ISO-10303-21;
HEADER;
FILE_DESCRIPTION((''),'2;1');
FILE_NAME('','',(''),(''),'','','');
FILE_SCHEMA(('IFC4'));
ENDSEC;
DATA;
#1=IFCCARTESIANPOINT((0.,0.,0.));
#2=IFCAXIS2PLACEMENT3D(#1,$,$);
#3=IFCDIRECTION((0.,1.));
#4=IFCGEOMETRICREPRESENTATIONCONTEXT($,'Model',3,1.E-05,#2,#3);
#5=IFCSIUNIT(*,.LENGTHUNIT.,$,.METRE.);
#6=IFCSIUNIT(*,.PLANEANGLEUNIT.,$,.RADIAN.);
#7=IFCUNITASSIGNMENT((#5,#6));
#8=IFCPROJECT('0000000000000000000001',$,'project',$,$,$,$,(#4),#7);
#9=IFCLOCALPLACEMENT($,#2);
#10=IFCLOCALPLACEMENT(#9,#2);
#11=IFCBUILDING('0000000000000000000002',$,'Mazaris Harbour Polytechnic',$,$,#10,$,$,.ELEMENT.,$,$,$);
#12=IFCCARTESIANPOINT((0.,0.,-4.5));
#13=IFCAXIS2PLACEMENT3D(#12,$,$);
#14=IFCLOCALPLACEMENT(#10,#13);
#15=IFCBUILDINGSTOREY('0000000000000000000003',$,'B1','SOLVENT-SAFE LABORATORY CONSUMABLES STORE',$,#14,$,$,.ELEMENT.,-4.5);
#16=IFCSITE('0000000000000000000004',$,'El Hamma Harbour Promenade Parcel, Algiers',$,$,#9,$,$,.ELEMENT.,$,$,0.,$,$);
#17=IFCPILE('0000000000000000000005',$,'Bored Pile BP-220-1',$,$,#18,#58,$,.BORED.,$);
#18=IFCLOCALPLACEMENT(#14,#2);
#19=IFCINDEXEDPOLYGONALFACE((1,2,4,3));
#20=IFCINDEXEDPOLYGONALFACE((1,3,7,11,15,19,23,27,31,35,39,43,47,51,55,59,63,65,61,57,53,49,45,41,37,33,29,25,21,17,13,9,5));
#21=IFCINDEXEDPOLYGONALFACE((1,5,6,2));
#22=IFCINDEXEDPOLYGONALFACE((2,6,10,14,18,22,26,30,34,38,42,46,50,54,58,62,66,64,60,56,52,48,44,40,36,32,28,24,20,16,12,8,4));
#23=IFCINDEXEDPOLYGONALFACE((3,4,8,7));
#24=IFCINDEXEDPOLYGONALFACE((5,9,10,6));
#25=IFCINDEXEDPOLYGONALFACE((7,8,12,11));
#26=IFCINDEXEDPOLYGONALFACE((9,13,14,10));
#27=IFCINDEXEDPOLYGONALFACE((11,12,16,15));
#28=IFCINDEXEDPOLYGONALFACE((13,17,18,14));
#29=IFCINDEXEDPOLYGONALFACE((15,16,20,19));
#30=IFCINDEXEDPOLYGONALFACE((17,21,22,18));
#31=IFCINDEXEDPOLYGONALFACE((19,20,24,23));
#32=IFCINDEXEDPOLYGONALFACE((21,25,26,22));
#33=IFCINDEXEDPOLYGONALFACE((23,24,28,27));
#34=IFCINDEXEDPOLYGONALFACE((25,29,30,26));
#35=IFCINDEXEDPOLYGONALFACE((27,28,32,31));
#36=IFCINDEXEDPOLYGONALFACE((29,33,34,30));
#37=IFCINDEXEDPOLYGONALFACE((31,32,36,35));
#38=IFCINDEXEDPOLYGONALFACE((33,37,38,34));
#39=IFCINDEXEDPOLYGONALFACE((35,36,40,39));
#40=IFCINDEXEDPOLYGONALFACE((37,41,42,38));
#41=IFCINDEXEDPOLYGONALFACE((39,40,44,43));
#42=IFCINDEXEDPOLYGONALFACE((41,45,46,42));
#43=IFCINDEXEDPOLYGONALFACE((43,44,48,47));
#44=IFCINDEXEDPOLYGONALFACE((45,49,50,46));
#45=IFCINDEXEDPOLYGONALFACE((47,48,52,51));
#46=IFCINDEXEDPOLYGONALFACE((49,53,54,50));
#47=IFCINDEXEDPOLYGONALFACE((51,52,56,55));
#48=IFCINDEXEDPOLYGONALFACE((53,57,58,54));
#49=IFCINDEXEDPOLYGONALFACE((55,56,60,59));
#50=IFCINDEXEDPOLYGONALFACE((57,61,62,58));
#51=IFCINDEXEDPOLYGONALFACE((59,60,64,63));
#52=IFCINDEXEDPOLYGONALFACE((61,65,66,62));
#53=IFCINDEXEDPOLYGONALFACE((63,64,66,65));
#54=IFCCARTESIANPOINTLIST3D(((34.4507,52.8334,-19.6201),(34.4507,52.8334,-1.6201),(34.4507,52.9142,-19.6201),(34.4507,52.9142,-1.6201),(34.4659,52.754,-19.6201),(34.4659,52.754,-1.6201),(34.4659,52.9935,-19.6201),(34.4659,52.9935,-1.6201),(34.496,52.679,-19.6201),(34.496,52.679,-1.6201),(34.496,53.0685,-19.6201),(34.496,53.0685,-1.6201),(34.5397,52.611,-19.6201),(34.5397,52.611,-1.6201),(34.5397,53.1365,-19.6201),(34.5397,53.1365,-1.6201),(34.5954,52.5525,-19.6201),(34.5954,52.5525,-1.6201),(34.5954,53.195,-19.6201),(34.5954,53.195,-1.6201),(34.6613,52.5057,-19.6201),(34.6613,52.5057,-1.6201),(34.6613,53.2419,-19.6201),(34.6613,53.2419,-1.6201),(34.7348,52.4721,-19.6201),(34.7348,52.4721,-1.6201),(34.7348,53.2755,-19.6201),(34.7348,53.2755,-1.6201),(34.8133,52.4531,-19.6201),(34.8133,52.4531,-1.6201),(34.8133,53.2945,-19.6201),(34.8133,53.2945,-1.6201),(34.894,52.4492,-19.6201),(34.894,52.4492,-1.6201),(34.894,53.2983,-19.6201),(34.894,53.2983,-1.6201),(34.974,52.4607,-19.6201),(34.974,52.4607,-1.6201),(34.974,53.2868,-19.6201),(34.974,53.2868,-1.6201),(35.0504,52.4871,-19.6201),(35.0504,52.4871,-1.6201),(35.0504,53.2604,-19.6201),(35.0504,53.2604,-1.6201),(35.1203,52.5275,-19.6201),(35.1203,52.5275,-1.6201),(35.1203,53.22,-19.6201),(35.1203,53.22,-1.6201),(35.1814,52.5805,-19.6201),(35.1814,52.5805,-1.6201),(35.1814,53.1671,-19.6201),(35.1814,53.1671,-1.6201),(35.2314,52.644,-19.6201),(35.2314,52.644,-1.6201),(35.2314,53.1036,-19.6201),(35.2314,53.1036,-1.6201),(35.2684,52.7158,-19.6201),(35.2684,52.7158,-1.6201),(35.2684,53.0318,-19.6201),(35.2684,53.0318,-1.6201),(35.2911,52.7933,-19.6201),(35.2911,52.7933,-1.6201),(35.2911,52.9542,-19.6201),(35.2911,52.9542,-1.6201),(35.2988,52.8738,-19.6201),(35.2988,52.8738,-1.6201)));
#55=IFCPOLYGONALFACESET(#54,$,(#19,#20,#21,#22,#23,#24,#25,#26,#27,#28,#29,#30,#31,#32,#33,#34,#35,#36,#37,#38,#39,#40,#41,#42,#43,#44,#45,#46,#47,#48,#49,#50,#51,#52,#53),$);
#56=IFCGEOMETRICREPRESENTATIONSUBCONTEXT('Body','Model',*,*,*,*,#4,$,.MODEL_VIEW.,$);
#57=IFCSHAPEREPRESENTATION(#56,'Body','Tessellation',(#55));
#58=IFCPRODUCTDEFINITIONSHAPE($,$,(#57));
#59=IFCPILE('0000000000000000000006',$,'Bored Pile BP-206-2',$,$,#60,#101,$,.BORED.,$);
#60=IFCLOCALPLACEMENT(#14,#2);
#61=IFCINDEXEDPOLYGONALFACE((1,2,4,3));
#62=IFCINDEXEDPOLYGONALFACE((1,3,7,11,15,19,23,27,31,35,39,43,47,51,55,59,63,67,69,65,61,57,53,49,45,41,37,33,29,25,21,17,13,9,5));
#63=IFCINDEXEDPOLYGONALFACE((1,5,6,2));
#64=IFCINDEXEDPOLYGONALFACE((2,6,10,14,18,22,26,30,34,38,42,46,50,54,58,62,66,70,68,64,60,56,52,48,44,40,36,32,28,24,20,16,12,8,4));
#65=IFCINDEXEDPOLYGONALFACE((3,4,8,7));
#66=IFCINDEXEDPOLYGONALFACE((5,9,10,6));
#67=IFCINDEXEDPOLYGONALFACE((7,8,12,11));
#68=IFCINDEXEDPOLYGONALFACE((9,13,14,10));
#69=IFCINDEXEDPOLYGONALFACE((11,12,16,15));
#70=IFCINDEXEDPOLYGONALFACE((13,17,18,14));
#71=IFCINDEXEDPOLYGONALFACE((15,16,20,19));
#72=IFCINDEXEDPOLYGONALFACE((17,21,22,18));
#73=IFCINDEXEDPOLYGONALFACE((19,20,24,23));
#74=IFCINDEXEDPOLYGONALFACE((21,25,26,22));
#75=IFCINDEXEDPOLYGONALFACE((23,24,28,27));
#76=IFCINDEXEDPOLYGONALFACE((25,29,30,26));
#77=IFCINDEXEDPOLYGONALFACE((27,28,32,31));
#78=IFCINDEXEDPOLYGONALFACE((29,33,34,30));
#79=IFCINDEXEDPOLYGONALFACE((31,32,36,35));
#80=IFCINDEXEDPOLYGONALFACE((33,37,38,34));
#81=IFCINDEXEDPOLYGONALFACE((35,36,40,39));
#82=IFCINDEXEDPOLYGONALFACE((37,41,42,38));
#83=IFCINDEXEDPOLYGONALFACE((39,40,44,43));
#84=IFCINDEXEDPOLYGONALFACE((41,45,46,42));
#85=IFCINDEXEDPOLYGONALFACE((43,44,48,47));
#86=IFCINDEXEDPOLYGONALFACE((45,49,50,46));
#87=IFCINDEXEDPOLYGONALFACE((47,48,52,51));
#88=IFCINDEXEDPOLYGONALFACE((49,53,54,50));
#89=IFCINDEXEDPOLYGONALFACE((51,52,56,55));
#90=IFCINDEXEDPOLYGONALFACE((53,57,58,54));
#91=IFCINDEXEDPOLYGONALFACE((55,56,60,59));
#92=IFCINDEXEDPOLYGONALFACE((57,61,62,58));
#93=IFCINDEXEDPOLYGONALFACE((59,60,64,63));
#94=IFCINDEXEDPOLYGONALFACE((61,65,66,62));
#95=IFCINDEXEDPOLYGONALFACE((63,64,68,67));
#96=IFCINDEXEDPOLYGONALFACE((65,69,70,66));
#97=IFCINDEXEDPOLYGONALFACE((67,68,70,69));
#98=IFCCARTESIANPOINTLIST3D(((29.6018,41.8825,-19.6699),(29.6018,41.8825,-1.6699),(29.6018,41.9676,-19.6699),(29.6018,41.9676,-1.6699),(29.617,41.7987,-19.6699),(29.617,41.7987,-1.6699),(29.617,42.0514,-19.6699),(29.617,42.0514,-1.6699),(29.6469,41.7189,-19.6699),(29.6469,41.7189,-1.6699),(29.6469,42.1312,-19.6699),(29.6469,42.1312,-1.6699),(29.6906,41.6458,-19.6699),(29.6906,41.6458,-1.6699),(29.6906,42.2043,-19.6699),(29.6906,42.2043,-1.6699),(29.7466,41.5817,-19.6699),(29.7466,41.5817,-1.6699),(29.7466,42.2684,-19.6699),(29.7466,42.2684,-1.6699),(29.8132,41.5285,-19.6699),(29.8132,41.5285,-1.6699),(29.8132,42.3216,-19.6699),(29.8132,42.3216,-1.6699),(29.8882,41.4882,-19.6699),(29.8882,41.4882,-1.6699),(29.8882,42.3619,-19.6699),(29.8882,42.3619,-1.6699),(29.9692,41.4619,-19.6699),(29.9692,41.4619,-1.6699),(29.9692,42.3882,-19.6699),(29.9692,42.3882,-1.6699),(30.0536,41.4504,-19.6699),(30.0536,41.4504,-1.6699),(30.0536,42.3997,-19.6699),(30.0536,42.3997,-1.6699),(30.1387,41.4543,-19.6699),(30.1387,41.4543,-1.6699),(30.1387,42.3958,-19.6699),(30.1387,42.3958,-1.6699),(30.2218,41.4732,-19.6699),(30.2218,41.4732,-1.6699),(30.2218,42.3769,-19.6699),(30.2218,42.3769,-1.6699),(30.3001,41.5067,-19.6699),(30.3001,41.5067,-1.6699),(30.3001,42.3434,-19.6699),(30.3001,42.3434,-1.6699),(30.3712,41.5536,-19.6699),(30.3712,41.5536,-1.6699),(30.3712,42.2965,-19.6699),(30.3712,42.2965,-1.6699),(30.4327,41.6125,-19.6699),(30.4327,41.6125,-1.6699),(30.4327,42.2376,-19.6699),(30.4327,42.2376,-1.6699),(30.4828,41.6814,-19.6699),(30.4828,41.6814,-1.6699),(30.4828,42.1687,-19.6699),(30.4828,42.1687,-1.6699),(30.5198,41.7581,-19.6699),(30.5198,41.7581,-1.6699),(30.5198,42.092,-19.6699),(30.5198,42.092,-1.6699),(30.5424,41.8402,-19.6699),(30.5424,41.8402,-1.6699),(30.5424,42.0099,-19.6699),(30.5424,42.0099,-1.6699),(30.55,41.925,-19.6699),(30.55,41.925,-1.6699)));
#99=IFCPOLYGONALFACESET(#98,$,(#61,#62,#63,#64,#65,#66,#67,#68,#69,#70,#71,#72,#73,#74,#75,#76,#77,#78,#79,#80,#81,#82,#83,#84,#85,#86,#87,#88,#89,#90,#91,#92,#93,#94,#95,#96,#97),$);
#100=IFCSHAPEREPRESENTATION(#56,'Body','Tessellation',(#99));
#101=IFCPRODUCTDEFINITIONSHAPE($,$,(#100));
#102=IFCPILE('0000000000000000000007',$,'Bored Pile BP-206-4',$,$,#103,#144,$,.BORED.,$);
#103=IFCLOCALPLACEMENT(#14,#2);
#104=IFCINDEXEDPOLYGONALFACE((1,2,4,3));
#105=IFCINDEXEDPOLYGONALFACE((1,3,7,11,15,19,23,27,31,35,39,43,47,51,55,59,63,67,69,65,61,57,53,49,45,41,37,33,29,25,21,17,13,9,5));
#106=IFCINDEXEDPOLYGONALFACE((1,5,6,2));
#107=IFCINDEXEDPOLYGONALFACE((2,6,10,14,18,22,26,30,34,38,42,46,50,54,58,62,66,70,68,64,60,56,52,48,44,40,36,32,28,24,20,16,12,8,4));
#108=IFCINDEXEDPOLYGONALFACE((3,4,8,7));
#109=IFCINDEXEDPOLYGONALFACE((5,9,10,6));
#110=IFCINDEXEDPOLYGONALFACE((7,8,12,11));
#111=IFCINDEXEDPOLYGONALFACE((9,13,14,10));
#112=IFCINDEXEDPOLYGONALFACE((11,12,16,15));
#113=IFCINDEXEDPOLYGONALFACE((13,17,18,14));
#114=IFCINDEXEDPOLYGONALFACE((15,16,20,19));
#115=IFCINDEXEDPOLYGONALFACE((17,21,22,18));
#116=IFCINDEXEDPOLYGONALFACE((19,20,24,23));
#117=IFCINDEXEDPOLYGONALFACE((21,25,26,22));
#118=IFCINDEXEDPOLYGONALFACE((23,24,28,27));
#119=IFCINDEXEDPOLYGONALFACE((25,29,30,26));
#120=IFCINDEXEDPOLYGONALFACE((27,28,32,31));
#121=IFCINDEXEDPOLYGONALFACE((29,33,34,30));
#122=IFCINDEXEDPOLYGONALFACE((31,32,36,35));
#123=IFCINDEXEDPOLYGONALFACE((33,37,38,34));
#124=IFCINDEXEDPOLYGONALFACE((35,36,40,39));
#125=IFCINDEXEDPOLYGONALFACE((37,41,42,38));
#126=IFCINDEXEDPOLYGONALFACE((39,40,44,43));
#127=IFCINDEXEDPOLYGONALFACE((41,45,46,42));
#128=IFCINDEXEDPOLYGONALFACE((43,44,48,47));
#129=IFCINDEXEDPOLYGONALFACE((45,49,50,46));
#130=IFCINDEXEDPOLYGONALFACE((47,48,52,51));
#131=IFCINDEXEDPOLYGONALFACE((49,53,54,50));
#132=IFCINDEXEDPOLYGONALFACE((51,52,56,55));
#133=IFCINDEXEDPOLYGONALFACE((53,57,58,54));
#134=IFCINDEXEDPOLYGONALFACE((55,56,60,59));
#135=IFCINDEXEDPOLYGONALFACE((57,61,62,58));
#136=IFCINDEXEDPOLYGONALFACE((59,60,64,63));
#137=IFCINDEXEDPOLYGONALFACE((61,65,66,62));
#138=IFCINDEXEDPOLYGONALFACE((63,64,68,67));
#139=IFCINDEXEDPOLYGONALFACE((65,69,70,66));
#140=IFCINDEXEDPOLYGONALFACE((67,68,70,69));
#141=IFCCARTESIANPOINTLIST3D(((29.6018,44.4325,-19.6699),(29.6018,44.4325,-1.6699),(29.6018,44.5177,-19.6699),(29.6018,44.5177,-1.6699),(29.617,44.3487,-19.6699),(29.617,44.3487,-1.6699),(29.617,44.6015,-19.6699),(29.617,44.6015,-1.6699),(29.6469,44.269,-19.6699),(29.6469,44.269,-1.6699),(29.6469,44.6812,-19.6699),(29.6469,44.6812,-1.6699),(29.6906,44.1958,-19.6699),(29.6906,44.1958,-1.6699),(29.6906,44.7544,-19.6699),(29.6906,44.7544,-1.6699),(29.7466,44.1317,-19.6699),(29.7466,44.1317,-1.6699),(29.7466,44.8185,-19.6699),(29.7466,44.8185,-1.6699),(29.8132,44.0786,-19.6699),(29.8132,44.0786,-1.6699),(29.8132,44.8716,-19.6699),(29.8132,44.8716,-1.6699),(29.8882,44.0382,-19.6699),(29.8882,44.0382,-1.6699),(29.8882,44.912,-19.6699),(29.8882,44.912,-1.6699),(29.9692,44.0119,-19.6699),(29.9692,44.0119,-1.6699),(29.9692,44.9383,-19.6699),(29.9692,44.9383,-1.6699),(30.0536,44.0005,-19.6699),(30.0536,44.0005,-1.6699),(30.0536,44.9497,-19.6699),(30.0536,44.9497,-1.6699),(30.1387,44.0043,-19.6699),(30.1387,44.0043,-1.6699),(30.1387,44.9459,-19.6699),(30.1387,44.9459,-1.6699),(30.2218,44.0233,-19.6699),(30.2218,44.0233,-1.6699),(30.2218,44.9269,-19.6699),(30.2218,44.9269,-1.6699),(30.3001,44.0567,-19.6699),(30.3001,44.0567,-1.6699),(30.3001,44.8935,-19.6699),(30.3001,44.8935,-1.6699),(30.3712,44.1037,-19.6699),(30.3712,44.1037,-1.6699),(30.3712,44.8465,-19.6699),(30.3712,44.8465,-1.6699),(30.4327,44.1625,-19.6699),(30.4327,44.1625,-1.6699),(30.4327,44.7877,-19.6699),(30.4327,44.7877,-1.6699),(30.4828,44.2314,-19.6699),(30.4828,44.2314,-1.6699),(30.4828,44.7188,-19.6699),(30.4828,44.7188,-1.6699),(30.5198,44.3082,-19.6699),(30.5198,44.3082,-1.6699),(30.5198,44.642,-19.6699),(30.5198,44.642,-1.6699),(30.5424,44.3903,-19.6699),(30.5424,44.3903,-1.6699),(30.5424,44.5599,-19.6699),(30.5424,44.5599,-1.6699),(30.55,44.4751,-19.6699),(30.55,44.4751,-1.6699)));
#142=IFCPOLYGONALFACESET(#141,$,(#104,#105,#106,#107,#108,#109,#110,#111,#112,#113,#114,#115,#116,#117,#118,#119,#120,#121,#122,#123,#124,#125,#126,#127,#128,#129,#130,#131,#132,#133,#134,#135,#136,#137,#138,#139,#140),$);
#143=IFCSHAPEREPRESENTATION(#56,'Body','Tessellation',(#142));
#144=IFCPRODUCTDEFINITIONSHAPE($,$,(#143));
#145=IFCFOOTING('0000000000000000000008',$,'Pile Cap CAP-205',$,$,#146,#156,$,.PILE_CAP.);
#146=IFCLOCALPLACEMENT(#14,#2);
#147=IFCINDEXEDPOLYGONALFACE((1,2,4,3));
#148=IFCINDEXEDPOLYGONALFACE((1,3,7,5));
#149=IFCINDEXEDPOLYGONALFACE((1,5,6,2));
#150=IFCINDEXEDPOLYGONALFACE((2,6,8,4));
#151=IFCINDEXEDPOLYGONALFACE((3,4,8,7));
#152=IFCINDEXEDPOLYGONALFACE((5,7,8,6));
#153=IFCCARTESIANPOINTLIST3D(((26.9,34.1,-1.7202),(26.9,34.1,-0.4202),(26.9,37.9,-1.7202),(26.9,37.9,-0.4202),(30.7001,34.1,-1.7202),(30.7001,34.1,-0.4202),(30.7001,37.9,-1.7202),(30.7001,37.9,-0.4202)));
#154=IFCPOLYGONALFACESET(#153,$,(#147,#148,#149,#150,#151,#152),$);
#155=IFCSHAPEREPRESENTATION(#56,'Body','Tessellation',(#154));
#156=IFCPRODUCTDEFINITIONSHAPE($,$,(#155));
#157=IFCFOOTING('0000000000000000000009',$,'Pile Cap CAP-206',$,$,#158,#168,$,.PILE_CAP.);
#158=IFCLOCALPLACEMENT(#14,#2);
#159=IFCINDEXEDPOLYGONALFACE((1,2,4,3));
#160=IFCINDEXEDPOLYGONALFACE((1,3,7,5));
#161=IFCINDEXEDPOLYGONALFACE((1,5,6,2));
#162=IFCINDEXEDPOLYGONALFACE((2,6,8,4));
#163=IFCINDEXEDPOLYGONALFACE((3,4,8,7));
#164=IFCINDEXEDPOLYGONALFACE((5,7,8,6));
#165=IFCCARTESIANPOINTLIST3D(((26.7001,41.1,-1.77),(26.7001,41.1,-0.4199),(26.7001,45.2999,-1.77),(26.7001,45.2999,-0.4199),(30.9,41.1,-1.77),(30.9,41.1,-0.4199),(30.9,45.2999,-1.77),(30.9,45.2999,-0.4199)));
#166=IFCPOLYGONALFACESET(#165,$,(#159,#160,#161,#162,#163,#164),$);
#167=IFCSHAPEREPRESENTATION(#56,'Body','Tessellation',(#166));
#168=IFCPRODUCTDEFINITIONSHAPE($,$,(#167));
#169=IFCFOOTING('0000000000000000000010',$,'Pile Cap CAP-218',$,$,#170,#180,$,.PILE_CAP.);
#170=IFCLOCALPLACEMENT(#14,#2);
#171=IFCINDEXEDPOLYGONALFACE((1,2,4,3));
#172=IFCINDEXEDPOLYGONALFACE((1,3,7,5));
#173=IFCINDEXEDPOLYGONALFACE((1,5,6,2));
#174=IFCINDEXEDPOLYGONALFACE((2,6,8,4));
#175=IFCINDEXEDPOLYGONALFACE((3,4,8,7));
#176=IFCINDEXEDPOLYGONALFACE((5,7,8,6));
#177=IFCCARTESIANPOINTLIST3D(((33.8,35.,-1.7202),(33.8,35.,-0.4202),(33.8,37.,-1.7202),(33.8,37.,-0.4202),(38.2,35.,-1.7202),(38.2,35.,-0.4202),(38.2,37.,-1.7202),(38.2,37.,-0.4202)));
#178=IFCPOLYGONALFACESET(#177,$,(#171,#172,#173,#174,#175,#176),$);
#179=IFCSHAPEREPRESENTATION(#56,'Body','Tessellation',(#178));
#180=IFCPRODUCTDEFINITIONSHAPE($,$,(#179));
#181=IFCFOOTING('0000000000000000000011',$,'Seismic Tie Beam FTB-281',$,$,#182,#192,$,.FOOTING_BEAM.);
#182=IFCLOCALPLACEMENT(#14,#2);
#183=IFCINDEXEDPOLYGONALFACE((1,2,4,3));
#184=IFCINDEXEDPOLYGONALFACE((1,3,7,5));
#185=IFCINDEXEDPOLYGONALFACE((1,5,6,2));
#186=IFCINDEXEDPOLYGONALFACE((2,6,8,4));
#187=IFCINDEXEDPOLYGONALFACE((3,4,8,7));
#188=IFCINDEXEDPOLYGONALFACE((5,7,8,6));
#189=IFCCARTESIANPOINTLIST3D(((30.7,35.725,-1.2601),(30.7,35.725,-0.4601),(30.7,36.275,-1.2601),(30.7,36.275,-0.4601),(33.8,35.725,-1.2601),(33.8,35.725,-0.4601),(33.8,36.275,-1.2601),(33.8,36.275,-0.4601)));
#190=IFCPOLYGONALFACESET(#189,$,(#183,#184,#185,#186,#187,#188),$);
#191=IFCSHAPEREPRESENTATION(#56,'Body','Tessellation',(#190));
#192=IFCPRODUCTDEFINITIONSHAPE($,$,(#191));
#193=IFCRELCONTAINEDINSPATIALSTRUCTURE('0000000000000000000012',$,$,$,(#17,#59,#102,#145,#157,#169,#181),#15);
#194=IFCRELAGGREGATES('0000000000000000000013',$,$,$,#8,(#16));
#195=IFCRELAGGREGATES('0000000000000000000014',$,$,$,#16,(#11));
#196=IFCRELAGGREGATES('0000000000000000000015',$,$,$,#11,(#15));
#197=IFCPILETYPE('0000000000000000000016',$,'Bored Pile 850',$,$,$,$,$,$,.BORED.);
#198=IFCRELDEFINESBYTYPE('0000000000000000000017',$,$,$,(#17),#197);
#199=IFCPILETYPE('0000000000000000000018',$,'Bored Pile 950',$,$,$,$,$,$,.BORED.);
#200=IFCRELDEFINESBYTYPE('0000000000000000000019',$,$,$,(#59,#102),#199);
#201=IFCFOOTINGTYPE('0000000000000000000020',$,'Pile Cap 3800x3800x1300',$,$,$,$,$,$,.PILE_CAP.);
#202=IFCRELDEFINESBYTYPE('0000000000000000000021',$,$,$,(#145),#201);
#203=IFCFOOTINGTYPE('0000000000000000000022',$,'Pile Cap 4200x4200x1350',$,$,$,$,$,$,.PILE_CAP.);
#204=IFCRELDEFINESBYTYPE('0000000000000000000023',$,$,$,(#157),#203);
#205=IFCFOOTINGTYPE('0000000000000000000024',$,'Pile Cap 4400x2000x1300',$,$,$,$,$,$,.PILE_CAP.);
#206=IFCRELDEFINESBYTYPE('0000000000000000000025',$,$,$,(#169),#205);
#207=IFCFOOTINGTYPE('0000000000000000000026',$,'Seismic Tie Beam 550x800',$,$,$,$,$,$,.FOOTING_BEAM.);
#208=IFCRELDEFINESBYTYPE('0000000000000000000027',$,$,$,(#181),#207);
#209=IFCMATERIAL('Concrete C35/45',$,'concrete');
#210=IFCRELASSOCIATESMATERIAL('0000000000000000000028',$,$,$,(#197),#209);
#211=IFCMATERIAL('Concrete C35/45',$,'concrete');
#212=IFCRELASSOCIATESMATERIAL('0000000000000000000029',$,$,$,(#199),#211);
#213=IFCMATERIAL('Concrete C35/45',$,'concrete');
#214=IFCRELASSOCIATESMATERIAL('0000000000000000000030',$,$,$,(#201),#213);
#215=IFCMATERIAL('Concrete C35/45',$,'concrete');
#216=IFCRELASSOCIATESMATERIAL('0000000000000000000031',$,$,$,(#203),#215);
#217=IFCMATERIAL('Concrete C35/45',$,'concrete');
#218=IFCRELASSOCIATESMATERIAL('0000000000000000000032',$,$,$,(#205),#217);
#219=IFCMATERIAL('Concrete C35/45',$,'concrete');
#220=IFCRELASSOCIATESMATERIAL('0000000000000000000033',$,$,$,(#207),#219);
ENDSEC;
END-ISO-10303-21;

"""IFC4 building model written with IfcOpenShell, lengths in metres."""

from ifc_helpers import new_model, si_unit, direction, frame, origin, origin_2d, place, context, subcontext, project, spatial, rectangle, circle, extrude, material, material_profile, profile_set, type_object, element, save


model = new_model("IFC4")

# Units and contexts
model_context = context("Model", 3, precision=1e-05, world=origin(), true_north=direction((0.0, 1.0)))
body_context = subcontext(model_context, "Body", "Model", "MODEL_VIEW")
ifc_project = project(units=[si_unit("LENGTHUNIT", "METRE"), si_unit("PLANEANGLEUNIT", "RADIAN")], contexts=[model_context])

# Site, building, storey
site_placement = place(None, origin())
site = spatial("IfcSite", under=ifc_project, at=site_placement, Name="El Hamma Harbour Promenade Parcel, Algiers", CompositionType="ELEMENT", RefElevation=0.0)
building_placement = place(site_placement, origin())
building = spatial("IfcBuilding", under=site, at=building_placement, Name="Mazaris Harbour Polytechnic", CompositionType="ELEMENT")
storey_placement = place(building_placement, frame((0.0, 0.0, -4.5)))
storey = spatial("IfcBuildingStorey", under=building, at=storey_placement, Name="B1", Description="SOLVENT-SAFE LABORATORY CONSUMABLES STORE", CompositionType="ELEMENT", Elevation=-4.5)

# Piles
ifc_material_1 = material(Name="Concrete C35/45", Category="concrete")
ifc_material_profile_1 = material_profile(ifc_material_1, circle(Radius=0.425, at=origin_2d()), Name="DIA850")
ifc_profile_set_1 = profile_set([ifc_material_profile_1], Name="Concrete C35/45")
pile_type_1 = type_object("IfcPileType", Name="Bored Pile 850", PredefinedType="BORED", material=ifc_profile_set_1)
for number, where, z_axis, x_axis, name in (
    (1, (34.8738, 52.8738, -1.6201), (0.0, 0.0, -1.0), (1.0, 0.0, 0.0), "Bored Pile BP-220-1"),
):
    element("IfcPile", number, at=place(storey_placement, frame(where, z_axis=z_axis, x_axis=x_axis)), inside=storey, type_object=pile_type_1, Name=name, PredefinedType="BORED", context=body_context, shape_type="SweptSolid", body=[
        extrude(circle(Radius=0.425, at=origin_2d()), origin(), (0.0, 0.0, 1.0), 18.0),
    ])
ifc_material_2 = material(Name="Concrete C35/45", Category="concrete")
ifc_material_profile_2 = material_profile(ifc_material_2, circle(Radius=0.4751, at=origin_2d()), Name="DIA950")
ifc_profile_set_2 = profile_set([ifc_material_profile_2], Name="Concrete C35/45")
pile_type_2 = type_object("IfcPileType", Name="Bored Pile 950", PredefinedType="BORED", material=ifc_profile_set_2)
for number, where, z_axis, x_axis, name in (
    (2, (30.075, 41.925, -1.6699), (0.0, 0.0, -1.0), (1.0, 0.0, 0.0), "Bored Pile BP-206-2"),
    (3, (30.075, 44.4751, -1.6699), (0.0, 0.0, -1.0), (1.0, 0.0, 0.0), "Bored Pile BP-206-4"),
):
    element("IfcPile", number, at=place(storey_placement, frame(where, z_axis=z_axis, x_axis=x_axis)), inside=storey, type_object=pile_type_2, Name=name, PredefinedType="BORED", context=body_context, shape_type="SweptSolid", body=[
        extrude(circle(Radius=0.4751, at=origin_2d()), origin(), (0.0, 0.0, 1.0), 18.0),
    ])

# Footings
ifc_material_3 = material(Name="Concrete C35/45", Category="concrete")
footing_type_1 = type_object("IfcFootingType", Name="Pile Cap 3800x3800x1300", PredefinedType="PILE_CAP", material=ifc_material_3)
footing_1_placement = place(storey_placement, frame((28.8, 36.0, -1.7202), z_axis=(0.0, 0.0, 1.0), x_axis=(1.0, 0.0, 0.0)))
element("IfcFooting", 4, at=footing_1_placement, inside=storey, type_object=footing_type_1, Name="Pile Cap CAP-205", PredefinedType="PILE_CAP", context=body_context, shape_type="SweptSolid", body=[
    extrude(rectangle(XDim=3.8, YDim=3.8, at=origin_2d()), origin(), (0.0, 0.0, 1.0), 1.3),
])
ifc_material_4 = material(Name="Concrete C35/45", Category="concrete")
footing_type_2 = type_object("IfcFootingType", Name="Pile Cap 4200x4200x1350", PredefinedType="PILE_CAP", material=ifc_material_4)
footing_2_placement = place(storey_placement, frame((28.8, 43.2, -1.77), z_axis=(0.0, 0.0, 1.0), x_axis=(1.0, 0.0, 0.0)))
element("IfcFooting", 5, at=footing_2_placement, inside=storey, type_object=footing_type_2, Name="Pile Cap CAP-206", PredefinedType="PILE_CAP", context=body_context, shape_type="SweptSolid", body=[
    extrude(rectangle(XDim=4.2, YDim=4.2, at=origin_2d()), origin(), (0.0, 0.0, 1.0), 1.3501),
])
ifc_material_5 = material(Name="Concrete C35/45", Category="concrete")
footing_type_3 = type_object("IfcFootingType", Name="Pile Cap 4400x2000x1300", PredefinedType="PILE_CAP", material=ifc_material_5)
footing_3_placement = place(storey_placement, frame((36.0, 36.0, -1.7202), z_axis=(0.0, 0.0, 1.0), x_axis=(1.0, 0.0, 0.0)))
element("IfcFooting", 6, at=footing_3_placement, inside=storey, type_object=footing_type_3, Name="Pile Cap CAP-218", PredefinedType="PILE_CAP", context=body_context, shape_type="SweptSolid", body=[
    extrude(rectangle(XDim=4.3999, YDim=2.0, at=origin_2d()), origin(), (0.0, 0.0, 1.0), 1.3),
])
ifc_material_6 = material(Name="Concrete C35/45", Category="concrete")
ifc_material_profile_3 = material_profile(ifc_material_6, rectangle(XDim=0.55, YDim=0.8, at=origin_2d()), Name="RECT550x800")
ifc_profile_set_3 = profile_set([ifc_material_profile_3], Name="Concrete C35/45")
footing_type_4 = type_object("IfcFootingType", Name="Seismic Tie Beam 550x800", PredefinedType="FOOTING_BEAM", material=ifc_profile_set_3)
footing_4_placement = place(storey_placement, frame((30.7, 36.0, -0.8601), z_axis=(1.0, 0.0, 0.0), x_axis=(0.0, 1.0, 0.0)))
element("IfcFooting", 7, at=footing_4_placement, inside=storey, type_object=footing_type_4, Name="Seismic Tie Beam FTB-281", PredefinedType="FOOTING_BEAM", context=body_context, shape_type="SweptSolid", body=[
    extrude(rectangle(XDim=0.55, YDim=0.8, at=origin_2d()), origin(), (0.0, 0.0, 1.0), 3.1001),
])

save(model, "model.ifc")
